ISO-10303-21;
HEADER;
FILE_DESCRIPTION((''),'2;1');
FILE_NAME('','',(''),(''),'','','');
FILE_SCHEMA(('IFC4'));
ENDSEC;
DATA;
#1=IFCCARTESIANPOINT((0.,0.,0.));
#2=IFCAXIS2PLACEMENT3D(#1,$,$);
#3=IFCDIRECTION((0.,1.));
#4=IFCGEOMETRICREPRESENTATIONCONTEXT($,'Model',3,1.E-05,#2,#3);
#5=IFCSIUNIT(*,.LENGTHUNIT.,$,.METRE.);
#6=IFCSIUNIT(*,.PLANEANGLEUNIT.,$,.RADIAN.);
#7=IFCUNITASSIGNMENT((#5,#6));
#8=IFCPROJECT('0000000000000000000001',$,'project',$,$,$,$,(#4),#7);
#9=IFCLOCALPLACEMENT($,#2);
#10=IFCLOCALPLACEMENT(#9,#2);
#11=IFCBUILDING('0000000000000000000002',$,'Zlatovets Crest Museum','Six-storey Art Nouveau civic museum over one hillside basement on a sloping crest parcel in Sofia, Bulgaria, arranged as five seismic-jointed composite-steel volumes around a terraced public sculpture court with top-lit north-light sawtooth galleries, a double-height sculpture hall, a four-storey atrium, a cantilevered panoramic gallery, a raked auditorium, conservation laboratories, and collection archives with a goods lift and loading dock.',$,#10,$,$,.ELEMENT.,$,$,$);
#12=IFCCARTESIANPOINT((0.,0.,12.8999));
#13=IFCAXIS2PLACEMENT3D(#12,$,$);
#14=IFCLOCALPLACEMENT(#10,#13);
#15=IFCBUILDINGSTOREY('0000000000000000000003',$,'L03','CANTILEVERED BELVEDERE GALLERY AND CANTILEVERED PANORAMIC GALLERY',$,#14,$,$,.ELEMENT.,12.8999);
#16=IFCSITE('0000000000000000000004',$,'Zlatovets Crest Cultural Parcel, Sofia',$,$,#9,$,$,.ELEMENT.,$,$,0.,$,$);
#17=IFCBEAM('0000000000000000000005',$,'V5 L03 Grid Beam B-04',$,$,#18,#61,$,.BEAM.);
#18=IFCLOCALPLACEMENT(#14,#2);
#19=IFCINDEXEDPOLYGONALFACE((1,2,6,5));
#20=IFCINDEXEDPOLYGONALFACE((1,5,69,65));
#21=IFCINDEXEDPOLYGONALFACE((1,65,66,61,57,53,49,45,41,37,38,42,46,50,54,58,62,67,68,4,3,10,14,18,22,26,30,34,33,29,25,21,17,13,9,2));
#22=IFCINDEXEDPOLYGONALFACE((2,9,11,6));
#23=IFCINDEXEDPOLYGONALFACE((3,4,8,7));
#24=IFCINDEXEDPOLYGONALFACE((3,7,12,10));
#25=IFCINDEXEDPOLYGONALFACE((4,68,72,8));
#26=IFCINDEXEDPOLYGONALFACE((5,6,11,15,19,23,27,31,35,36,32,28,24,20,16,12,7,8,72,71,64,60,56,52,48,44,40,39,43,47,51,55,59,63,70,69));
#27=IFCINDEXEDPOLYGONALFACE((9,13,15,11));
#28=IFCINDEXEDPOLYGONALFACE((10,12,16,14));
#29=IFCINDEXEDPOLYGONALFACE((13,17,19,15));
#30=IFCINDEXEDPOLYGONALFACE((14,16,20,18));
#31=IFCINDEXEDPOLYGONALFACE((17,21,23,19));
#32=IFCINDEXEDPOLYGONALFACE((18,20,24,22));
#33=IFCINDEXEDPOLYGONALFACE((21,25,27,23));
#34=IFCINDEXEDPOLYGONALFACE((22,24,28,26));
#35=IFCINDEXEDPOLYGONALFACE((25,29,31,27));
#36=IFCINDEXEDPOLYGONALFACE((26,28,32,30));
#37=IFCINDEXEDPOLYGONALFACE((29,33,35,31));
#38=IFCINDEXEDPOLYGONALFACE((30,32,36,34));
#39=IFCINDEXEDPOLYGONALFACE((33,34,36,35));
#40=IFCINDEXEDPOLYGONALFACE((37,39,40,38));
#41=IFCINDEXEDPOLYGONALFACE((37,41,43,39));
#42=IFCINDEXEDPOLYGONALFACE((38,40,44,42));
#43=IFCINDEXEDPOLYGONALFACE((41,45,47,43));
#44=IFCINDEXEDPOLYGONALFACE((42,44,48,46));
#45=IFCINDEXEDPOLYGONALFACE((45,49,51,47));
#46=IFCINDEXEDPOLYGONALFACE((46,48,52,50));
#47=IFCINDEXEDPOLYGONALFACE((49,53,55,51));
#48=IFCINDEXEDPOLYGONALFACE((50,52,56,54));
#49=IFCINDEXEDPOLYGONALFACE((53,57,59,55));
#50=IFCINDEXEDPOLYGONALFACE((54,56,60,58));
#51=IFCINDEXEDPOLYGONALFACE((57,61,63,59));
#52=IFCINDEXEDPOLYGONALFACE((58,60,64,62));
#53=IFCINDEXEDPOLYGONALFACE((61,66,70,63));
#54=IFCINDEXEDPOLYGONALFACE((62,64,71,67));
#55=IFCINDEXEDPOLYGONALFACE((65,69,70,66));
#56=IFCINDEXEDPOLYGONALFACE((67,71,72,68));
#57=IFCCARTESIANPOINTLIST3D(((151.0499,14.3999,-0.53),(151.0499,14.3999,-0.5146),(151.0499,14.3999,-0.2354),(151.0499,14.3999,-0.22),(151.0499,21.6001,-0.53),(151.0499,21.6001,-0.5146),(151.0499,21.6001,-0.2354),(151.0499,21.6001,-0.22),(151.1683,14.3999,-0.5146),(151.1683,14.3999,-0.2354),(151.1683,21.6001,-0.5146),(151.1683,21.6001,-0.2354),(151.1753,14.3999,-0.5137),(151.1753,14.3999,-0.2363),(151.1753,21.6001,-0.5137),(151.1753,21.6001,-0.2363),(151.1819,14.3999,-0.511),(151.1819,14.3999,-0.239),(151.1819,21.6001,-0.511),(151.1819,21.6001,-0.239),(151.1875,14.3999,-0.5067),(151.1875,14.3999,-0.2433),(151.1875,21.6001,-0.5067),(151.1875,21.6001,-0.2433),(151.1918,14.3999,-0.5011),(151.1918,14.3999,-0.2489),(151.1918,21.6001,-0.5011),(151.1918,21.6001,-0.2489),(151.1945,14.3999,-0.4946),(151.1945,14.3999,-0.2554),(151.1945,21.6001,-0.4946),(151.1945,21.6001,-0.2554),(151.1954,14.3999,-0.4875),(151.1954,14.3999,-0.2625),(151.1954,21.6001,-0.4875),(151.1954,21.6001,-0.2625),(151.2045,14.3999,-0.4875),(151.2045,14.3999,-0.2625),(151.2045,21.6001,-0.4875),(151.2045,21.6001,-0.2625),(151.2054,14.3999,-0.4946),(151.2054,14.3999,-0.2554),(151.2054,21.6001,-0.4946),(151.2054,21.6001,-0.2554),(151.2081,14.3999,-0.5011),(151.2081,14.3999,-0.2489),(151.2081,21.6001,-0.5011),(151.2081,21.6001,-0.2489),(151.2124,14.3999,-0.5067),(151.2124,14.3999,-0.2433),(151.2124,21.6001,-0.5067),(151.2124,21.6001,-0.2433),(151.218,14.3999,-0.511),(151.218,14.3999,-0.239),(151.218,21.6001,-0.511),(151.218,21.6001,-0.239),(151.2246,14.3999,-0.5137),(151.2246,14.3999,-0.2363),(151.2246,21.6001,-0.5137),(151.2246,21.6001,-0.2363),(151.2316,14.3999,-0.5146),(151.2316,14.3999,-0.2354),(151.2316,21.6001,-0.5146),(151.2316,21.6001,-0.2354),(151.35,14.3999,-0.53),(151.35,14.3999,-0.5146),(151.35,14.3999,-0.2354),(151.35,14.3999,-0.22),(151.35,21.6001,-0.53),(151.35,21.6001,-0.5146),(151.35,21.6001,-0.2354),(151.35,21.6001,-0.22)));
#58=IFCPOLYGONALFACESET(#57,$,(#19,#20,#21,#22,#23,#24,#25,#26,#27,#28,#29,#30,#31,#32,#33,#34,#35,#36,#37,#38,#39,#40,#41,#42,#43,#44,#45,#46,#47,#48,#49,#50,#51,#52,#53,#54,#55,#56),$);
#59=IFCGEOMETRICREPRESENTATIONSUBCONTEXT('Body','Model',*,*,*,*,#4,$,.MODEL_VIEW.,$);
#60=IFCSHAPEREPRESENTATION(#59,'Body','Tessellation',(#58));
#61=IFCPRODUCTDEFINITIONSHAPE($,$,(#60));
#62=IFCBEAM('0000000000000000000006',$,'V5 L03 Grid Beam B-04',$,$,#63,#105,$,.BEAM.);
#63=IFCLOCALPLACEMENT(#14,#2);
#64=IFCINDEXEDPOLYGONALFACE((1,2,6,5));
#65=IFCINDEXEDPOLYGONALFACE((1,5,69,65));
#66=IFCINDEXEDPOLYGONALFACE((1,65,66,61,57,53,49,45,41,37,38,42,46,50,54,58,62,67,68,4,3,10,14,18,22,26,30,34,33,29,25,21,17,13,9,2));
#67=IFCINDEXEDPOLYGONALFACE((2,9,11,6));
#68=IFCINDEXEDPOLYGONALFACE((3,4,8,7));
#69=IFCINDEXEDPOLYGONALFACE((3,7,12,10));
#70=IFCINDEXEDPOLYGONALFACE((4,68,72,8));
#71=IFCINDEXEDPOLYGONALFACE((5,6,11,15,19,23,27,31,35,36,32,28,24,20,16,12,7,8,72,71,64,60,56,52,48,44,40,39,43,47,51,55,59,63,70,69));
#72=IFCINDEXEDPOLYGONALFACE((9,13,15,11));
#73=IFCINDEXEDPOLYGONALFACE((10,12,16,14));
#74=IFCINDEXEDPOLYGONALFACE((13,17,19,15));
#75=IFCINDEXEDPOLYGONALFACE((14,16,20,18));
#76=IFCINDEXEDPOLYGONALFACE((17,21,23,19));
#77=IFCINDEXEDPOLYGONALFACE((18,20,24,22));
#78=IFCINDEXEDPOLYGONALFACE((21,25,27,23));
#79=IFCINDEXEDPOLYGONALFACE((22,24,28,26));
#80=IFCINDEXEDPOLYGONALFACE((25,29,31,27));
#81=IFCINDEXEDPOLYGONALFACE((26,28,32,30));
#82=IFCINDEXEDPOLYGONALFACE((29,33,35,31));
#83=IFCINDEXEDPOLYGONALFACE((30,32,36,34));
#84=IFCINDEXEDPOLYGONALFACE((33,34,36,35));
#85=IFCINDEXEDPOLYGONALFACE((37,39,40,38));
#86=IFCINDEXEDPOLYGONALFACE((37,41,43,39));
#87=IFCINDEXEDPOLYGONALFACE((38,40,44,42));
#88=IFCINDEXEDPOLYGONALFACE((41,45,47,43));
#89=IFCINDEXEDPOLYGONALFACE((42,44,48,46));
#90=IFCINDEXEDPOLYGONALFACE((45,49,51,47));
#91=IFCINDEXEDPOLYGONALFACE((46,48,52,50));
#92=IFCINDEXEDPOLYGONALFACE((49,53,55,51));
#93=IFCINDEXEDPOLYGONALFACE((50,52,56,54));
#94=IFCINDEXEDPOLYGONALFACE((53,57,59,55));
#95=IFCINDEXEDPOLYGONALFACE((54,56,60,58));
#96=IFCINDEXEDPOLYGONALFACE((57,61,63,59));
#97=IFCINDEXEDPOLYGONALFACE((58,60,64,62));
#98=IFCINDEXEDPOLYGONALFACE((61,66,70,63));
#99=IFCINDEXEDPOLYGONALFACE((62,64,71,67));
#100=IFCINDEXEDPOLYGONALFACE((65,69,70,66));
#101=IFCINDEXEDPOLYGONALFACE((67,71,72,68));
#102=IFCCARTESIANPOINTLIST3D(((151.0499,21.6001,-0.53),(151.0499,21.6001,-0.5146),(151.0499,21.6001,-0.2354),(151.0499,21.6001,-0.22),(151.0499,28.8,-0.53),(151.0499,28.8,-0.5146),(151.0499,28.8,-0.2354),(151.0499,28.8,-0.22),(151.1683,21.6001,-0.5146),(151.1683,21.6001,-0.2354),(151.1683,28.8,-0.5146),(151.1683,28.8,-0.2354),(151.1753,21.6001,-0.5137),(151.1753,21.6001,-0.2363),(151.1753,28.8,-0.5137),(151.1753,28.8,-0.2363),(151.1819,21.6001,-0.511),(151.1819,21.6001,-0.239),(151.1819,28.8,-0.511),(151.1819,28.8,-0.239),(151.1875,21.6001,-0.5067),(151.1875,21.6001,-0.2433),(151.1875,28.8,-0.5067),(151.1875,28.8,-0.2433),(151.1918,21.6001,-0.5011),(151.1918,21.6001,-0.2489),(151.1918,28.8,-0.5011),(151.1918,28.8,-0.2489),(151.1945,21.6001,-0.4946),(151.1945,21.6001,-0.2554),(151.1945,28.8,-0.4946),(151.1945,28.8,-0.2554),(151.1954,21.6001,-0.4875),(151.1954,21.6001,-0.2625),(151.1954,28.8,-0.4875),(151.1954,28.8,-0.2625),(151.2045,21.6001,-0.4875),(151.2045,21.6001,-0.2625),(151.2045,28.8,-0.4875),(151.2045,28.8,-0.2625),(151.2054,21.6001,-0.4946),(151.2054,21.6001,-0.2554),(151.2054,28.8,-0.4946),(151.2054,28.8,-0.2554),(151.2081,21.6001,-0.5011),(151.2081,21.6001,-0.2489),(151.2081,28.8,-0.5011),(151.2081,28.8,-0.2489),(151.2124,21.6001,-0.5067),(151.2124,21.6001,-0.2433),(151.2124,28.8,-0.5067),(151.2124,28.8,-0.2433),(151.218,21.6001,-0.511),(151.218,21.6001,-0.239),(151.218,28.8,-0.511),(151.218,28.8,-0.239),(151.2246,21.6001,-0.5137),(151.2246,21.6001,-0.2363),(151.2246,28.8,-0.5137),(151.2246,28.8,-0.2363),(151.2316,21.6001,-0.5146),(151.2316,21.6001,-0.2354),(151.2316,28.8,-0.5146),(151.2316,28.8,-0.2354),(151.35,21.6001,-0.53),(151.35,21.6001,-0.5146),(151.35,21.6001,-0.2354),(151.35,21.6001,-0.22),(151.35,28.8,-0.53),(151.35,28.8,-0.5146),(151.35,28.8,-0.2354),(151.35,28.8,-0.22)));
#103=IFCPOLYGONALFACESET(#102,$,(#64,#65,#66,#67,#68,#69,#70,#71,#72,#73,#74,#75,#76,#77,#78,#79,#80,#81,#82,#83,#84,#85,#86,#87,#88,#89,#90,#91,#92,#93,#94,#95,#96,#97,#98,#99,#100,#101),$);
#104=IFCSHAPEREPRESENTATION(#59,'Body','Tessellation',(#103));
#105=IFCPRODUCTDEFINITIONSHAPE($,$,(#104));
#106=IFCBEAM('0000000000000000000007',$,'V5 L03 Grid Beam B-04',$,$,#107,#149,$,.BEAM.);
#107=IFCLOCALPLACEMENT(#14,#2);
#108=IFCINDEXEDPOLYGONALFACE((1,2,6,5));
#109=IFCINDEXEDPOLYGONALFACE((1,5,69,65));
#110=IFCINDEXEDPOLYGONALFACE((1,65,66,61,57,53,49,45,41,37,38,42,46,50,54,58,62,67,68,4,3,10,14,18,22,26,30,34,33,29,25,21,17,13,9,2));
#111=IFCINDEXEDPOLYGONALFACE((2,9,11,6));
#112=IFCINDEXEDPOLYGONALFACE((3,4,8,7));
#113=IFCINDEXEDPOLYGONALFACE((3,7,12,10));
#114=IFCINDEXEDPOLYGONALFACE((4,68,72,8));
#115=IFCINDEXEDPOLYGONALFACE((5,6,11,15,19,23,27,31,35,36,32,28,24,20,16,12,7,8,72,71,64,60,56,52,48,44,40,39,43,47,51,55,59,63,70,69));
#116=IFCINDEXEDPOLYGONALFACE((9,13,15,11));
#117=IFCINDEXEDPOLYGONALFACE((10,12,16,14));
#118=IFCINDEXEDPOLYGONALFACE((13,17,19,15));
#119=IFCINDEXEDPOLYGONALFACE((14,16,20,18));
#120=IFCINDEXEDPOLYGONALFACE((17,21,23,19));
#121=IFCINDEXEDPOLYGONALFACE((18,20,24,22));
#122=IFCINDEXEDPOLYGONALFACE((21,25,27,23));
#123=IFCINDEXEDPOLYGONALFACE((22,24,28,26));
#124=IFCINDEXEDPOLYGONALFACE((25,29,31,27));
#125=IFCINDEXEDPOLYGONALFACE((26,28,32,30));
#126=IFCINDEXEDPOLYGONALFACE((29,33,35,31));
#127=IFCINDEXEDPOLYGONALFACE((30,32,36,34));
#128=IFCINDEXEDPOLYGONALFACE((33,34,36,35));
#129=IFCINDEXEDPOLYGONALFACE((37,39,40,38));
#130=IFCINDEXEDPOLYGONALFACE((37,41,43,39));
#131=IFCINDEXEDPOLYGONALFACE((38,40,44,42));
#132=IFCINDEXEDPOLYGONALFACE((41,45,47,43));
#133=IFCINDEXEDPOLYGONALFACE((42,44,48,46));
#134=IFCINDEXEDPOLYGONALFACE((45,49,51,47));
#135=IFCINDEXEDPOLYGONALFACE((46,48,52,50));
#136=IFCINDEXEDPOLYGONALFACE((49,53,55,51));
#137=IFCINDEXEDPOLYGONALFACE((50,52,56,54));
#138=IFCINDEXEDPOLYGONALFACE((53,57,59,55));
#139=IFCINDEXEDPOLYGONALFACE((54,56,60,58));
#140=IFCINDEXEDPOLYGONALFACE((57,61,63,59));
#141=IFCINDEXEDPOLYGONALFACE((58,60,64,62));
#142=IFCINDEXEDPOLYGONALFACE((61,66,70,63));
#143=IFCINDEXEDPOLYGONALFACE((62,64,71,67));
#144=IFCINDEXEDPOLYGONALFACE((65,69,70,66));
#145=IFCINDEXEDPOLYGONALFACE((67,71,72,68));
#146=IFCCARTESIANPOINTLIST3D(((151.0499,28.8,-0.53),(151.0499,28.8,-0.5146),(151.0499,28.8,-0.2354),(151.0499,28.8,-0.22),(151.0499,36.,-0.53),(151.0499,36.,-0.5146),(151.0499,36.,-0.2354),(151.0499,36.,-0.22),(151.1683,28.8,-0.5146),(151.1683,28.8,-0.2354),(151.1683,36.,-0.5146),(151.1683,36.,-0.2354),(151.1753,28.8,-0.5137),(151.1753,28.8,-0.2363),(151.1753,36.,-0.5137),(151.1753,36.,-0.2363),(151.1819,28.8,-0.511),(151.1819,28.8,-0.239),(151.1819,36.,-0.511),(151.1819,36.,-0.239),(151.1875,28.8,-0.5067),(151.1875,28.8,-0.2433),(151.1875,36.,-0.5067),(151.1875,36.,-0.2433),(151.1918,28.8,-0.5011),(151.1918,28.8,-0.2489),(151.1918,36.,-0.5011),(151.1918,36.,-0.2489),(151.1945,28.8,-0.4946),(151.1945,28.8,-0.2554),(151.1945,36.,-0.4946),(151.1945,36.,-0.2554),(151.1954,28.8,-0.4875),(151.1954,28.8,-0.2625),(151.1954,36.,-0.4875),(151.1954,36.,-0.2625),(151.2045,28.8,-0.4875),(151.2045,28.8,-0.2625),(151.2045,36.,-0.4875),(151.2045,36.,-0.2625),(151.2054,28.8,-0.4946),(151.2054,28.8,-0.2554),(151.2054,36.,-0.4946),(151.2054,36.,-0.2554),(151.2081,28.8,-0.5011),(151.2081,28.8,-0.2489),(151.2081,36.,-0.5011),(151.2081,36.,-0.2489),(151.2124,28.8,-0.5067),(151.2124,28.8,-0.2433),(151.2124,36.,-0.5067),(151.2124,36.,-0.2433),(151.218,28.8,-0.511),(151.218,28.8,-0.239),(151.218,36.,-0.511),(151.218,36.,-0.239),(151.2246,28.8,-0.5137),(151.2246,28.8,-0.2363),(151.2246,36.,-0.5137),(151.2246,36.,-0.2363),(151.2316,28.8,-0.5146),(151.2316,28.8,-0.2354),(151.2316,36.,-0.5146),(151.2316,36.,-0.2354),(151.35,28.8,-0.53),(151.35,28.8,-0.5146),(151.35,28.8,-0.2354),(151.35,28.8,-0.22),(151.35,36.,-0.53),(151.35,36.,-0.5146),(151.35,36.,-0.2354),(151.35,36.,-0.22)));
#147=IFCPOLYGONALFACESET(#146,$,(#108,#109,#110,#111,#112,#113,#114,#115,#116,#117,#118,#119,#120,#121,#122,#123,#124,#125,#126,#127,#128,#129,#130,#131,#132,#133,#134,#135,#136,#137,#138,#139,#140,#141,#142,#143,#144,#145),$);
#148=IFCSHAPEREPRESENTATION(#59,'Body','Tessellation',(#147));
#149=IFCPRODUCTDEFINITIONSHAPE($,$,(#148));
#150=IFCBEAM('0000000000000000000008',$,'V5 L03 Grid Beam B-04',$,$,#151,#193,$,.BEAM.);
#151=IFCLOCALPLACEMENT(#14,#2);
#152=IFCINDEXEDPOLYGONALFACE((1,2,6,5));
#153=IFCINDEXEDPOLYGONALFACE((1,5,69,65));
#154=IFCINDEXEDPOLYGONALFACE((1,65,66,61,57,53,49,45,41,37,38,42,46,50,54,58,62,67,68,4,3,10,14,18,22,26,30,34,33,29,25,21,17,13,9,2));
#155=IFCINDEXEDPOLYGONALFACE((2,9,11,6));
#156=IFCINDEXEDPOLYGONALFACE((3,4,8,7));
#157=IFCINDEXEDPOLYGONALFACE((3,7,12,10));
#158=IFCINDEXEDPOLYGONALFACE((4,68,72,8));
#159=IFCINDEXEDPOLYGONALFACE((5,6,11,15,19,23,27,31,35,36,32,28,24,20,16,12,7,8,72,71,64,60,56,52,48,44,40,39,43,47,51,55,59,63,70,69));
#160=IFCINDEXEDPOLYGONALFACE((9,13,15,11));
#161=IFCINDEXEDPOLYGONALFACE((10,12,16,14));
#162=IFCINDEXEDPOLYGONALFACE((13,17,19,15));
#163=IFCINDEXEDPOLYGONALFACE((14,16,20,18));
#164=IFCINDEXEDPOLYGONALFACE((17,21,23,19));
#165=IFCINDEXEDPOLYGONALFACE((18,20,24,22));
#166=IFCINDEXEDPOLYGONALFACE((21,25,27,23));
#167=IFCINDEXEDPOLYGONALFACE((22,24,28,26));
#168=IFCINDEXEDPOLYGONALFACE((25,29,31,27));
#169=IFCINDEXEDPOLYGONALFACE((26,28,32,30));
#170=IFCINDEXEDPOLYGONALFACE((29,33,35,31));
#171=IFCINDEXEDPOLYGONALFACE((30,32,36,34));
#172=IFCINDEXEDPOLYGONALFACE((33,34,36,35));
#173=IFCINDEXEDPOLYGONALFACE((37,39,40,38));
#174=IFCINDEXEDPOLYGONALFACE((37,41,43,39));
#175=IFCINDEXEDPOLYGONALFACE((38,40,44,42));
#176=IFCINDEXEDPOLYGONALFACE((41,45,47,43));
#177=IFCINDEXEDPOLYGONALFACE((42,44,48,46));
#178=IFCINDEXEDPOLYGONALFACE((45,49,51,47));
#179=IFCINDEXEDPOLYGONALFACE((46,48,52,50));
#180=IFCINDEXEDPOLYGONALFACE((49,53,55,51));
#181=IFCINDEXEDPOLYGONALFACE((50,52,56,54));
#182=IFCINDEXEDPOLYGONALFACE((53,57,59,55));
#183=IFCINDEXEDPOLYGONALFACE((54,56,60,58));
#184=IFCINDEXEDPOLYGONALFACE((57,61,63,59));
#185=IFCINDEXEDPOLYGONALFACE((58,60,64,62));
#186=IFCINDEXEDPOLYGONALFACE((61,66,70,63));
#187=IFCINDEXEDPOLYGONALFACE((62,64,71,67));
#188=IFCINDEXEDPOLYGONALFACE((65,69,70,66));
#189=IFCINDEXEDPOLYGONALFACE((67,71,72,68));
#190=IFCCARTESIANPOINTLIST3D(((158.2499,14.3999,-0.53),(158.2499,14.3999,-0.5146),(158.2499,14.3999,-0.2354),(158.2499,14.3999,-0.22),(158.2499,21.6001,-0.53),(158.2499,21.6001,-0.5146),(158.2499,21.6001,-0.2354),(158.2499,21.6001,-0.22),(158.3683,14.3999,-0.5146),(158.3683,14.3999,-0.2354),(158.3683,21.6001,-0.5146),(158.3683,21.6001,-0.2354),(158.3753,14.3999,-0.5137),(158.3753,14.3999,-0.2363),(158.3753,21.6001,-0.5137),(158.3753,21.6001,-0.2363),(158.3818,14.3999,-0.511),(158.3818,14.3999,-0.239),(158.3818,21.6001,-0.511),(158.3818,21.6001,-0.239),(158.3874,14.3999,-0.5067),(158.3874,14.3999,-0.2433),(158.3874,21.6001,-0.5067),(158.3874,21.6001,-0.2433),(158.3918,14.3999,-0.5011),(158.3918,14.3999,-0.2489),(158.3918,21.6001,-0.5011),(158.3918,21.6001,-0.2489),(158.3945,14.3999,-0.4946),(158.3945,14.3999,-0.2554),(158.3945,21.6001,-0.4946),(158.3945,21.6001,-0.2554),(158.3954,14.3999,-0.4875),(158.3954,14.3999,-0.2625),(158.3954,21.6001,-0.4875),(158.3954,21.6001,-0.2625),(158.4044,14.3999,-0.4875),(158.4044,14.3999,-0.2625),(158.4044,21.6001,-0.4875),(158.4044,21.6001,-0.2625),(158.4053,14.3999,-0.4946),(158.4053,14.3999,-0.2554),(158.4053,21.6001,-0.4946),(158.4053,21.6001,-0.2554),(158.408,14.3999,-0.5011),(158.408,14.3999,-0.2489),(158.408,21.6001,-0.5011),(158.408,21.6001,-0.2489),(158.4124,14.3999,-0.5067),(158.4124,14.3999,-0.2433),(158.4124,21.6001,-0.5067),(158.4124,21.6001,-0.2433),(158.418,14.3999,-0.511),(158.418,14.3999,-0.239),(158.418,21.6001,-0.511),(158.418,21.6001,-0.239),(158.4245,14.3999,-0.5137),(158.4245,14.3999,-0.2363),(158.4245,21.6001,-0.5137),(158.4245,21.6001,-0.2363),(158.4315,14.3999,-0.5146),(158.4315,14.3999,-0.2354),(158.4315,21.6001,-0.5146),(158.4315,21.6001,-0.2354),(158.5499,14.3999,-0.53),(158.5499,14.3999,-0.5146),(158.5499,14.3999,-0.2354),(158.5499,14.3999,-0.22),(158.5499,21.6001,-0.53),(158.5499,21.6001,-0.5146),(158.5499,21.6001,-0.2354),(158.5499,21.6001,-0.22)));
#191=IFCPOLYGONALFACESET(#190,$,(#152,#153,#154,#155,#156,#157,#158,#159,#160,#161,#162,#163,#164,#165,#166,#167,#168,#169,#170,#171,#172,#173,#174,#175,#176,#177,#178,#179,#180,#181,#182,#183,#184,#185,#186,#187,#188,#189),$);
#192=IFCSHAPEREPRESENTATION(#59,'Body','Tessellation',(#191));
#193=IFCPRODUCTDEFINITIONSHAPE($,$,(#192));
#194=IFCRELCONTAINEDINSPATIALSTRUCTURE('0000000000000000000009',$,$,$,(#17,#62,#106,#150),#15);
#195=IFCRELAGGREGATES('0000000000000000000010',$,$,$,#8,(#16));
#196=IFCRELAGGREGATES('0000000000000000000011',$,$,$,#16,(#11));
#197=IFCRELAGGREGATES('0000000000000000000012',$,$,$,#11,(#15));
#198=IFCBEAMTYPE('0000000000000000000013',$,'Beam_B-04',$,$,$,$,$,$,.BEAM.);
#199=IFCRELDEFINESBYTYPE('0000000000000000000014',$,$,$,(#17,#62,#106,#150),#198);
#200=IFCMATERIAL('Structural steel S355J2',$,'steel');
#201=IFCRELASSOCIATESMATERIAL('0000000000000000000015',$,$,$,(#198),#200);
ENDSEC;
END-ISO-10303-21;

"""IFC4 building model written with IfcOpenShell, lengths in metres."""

from ifc_helpers import new_model, si_unit, direction, frame, origin, origin_2d, place, context, subcontext, project, spatial, i_section, extrude, material, material_profile, profile_set, type_object, element, save


model = new_model("IFC4")

# Units and contexts
model_context = context("Model", 3, precision=1e-05, world=origin(), true_north=direction((0.0, 1.0)))
body_context = subcontext(model_context, "Body", "Model", "MODEL_VIEW")
ifc_project = project(units=[si_unit("LENGTHUNIT", "METRE"), si_unit("PLANEANGLEUNIT", "RADIAN")], contexts=[model_context])

# Site, building, storey
site_placement = place(None, origin())
site = spatial("IfcSite", under=ifc_project, at=site_placement, Name="Zlatovets Crest Cultural Parcel, Sofia", CompositionType="ELEMENT", RefElevation=0.0)
building_placement = place(site_placement, origin())
building = spatial("IfcBuilding", under=site, at=building_placement, Name="Zlatovets Crest Museum", Description="Six-storey Art Nouveau civic museum over one hillside basement on a sloping crest parcel in Sofia, Bulgaria, arranged as five seismic-jointed composite-steel volumes around a terraced public sculpture court with top-lit north-light sawtooth galleries, a double-height sculpture hall, a four-storey atrium, a cantilevered panoramic gallery, a raked auditorium, conservation laboratories, and collection archives with a goods lift and loading dock.", CompositionType="ELEMENT")
storey_placement = place(building_placement, frame((0.0, 0.0, 12.8999)))
storey = spatial("IfcBuildingStorey", under=building, at=storey_placement, Name="L03", Description="CANTILEVERED BELVEDERE GALLERY AND CANTILEVERED PANORAMIC GALLERY", CompositionType="ELEMENT", Elevation=12.8999)

# Beams
ifc_material_1 = material(Name="Structural steel S355J2", Category="steel")
ifc_material_profile_1 = material_profile(ifc_material_1, i_section(OverallWidth=0.3, OverallDepth=0.3101, WebThickness=0.009, FlangeThickness=0.0154, FilletRadius=0.0271, at=origin_2d()), Name="HEA 320")
ifc_profile_set_1 = profile_set([ifc_material_profile_1], Name="Structural steel S355J2")
beam_type_1 = type_object("IfcBeamType", Name="Beam_B-04", PredefinedType="BEAM", material=ifc_profile_set_1)
beam_1_placement = place(storey_placement, frame((151.2, 14.3999, -0.375), z_axis=(0.0, 1.0, 0.0), x_axis=(-1.0, 0.0, 0.0)))
element("IfcBeam", 1, at=beam_1_placement, inside=storey, type_object=beam_type_1, Name="V5 L03 Grid Beam B-04", PredefinedType="BEAM", context=body_context, shape_type="SweptSolid", body=[
    extrude(i_section(OverallWidth=0.3, OverallDepth=0.3101, WebThickness=0.009, FlangeThickness=0.0154, FilletRadius=0.0271, at=origin_2d()), origin(), (0.0, 0.0, 1.0), 7.2002),
])
for number, where, z_axis, x_axis, name in (
    (2, (151.2, 21.6001, -0.375), (0.0, 1.0, 0.0), (-1.0, 0.0, 0.0), "V5 L03 Grid Beam B-04"),
    (3, (151.2, 28.8, -0.375), (0.0, 1.0, 0.0), (-1.0, 0.0, 0.0), "V5 L03 Grid Beam B-04"),
):
    element("IfcBeam", number, at=place(storey_placement, frame(where, z_axis=z_axis, x_axis=x_axis)), inside=storey, type_object=beam_type_1, Name=name, PredefinedType="BEAM", context=body_context, shape_type="SweptSolid", body=[
        extrude(i_section(OverallWidth=0.3, OverallDepth=0.3101, WebThickness=0.009, FlangeThickness=0.0154, FilletRadius=0.0271, at=origin_2d()), origin(), (0.0, 0.0, 1.0), 7.2),
    ])
beam_2_placement = place(storey_placement, frame((158.3999, 14.3999, -0.375), z_axis=(0.0, 1.0, 0.0), x_axis=(-1.0, 0.0, 0.0)))
element("IfcBeam", 4, at=beam_2_placement, inside=storey, type_object=beam_type_1, Name="V5 L03 Grid Beam B-04", PredefinedType="BEAM", context=body_context, shape_type="SweptSolid", body=[
    extrude(i_section(OverallWidth=0.3, OverallDepth=0.3101, WebThickness=0.009, FlangeThickness=0.0154, FilletRadius=0.0271, at=origin_2d()), origin(), (0.0, 0.0, 1.0), 7.2002),
])

save(model, "model.ifc")
